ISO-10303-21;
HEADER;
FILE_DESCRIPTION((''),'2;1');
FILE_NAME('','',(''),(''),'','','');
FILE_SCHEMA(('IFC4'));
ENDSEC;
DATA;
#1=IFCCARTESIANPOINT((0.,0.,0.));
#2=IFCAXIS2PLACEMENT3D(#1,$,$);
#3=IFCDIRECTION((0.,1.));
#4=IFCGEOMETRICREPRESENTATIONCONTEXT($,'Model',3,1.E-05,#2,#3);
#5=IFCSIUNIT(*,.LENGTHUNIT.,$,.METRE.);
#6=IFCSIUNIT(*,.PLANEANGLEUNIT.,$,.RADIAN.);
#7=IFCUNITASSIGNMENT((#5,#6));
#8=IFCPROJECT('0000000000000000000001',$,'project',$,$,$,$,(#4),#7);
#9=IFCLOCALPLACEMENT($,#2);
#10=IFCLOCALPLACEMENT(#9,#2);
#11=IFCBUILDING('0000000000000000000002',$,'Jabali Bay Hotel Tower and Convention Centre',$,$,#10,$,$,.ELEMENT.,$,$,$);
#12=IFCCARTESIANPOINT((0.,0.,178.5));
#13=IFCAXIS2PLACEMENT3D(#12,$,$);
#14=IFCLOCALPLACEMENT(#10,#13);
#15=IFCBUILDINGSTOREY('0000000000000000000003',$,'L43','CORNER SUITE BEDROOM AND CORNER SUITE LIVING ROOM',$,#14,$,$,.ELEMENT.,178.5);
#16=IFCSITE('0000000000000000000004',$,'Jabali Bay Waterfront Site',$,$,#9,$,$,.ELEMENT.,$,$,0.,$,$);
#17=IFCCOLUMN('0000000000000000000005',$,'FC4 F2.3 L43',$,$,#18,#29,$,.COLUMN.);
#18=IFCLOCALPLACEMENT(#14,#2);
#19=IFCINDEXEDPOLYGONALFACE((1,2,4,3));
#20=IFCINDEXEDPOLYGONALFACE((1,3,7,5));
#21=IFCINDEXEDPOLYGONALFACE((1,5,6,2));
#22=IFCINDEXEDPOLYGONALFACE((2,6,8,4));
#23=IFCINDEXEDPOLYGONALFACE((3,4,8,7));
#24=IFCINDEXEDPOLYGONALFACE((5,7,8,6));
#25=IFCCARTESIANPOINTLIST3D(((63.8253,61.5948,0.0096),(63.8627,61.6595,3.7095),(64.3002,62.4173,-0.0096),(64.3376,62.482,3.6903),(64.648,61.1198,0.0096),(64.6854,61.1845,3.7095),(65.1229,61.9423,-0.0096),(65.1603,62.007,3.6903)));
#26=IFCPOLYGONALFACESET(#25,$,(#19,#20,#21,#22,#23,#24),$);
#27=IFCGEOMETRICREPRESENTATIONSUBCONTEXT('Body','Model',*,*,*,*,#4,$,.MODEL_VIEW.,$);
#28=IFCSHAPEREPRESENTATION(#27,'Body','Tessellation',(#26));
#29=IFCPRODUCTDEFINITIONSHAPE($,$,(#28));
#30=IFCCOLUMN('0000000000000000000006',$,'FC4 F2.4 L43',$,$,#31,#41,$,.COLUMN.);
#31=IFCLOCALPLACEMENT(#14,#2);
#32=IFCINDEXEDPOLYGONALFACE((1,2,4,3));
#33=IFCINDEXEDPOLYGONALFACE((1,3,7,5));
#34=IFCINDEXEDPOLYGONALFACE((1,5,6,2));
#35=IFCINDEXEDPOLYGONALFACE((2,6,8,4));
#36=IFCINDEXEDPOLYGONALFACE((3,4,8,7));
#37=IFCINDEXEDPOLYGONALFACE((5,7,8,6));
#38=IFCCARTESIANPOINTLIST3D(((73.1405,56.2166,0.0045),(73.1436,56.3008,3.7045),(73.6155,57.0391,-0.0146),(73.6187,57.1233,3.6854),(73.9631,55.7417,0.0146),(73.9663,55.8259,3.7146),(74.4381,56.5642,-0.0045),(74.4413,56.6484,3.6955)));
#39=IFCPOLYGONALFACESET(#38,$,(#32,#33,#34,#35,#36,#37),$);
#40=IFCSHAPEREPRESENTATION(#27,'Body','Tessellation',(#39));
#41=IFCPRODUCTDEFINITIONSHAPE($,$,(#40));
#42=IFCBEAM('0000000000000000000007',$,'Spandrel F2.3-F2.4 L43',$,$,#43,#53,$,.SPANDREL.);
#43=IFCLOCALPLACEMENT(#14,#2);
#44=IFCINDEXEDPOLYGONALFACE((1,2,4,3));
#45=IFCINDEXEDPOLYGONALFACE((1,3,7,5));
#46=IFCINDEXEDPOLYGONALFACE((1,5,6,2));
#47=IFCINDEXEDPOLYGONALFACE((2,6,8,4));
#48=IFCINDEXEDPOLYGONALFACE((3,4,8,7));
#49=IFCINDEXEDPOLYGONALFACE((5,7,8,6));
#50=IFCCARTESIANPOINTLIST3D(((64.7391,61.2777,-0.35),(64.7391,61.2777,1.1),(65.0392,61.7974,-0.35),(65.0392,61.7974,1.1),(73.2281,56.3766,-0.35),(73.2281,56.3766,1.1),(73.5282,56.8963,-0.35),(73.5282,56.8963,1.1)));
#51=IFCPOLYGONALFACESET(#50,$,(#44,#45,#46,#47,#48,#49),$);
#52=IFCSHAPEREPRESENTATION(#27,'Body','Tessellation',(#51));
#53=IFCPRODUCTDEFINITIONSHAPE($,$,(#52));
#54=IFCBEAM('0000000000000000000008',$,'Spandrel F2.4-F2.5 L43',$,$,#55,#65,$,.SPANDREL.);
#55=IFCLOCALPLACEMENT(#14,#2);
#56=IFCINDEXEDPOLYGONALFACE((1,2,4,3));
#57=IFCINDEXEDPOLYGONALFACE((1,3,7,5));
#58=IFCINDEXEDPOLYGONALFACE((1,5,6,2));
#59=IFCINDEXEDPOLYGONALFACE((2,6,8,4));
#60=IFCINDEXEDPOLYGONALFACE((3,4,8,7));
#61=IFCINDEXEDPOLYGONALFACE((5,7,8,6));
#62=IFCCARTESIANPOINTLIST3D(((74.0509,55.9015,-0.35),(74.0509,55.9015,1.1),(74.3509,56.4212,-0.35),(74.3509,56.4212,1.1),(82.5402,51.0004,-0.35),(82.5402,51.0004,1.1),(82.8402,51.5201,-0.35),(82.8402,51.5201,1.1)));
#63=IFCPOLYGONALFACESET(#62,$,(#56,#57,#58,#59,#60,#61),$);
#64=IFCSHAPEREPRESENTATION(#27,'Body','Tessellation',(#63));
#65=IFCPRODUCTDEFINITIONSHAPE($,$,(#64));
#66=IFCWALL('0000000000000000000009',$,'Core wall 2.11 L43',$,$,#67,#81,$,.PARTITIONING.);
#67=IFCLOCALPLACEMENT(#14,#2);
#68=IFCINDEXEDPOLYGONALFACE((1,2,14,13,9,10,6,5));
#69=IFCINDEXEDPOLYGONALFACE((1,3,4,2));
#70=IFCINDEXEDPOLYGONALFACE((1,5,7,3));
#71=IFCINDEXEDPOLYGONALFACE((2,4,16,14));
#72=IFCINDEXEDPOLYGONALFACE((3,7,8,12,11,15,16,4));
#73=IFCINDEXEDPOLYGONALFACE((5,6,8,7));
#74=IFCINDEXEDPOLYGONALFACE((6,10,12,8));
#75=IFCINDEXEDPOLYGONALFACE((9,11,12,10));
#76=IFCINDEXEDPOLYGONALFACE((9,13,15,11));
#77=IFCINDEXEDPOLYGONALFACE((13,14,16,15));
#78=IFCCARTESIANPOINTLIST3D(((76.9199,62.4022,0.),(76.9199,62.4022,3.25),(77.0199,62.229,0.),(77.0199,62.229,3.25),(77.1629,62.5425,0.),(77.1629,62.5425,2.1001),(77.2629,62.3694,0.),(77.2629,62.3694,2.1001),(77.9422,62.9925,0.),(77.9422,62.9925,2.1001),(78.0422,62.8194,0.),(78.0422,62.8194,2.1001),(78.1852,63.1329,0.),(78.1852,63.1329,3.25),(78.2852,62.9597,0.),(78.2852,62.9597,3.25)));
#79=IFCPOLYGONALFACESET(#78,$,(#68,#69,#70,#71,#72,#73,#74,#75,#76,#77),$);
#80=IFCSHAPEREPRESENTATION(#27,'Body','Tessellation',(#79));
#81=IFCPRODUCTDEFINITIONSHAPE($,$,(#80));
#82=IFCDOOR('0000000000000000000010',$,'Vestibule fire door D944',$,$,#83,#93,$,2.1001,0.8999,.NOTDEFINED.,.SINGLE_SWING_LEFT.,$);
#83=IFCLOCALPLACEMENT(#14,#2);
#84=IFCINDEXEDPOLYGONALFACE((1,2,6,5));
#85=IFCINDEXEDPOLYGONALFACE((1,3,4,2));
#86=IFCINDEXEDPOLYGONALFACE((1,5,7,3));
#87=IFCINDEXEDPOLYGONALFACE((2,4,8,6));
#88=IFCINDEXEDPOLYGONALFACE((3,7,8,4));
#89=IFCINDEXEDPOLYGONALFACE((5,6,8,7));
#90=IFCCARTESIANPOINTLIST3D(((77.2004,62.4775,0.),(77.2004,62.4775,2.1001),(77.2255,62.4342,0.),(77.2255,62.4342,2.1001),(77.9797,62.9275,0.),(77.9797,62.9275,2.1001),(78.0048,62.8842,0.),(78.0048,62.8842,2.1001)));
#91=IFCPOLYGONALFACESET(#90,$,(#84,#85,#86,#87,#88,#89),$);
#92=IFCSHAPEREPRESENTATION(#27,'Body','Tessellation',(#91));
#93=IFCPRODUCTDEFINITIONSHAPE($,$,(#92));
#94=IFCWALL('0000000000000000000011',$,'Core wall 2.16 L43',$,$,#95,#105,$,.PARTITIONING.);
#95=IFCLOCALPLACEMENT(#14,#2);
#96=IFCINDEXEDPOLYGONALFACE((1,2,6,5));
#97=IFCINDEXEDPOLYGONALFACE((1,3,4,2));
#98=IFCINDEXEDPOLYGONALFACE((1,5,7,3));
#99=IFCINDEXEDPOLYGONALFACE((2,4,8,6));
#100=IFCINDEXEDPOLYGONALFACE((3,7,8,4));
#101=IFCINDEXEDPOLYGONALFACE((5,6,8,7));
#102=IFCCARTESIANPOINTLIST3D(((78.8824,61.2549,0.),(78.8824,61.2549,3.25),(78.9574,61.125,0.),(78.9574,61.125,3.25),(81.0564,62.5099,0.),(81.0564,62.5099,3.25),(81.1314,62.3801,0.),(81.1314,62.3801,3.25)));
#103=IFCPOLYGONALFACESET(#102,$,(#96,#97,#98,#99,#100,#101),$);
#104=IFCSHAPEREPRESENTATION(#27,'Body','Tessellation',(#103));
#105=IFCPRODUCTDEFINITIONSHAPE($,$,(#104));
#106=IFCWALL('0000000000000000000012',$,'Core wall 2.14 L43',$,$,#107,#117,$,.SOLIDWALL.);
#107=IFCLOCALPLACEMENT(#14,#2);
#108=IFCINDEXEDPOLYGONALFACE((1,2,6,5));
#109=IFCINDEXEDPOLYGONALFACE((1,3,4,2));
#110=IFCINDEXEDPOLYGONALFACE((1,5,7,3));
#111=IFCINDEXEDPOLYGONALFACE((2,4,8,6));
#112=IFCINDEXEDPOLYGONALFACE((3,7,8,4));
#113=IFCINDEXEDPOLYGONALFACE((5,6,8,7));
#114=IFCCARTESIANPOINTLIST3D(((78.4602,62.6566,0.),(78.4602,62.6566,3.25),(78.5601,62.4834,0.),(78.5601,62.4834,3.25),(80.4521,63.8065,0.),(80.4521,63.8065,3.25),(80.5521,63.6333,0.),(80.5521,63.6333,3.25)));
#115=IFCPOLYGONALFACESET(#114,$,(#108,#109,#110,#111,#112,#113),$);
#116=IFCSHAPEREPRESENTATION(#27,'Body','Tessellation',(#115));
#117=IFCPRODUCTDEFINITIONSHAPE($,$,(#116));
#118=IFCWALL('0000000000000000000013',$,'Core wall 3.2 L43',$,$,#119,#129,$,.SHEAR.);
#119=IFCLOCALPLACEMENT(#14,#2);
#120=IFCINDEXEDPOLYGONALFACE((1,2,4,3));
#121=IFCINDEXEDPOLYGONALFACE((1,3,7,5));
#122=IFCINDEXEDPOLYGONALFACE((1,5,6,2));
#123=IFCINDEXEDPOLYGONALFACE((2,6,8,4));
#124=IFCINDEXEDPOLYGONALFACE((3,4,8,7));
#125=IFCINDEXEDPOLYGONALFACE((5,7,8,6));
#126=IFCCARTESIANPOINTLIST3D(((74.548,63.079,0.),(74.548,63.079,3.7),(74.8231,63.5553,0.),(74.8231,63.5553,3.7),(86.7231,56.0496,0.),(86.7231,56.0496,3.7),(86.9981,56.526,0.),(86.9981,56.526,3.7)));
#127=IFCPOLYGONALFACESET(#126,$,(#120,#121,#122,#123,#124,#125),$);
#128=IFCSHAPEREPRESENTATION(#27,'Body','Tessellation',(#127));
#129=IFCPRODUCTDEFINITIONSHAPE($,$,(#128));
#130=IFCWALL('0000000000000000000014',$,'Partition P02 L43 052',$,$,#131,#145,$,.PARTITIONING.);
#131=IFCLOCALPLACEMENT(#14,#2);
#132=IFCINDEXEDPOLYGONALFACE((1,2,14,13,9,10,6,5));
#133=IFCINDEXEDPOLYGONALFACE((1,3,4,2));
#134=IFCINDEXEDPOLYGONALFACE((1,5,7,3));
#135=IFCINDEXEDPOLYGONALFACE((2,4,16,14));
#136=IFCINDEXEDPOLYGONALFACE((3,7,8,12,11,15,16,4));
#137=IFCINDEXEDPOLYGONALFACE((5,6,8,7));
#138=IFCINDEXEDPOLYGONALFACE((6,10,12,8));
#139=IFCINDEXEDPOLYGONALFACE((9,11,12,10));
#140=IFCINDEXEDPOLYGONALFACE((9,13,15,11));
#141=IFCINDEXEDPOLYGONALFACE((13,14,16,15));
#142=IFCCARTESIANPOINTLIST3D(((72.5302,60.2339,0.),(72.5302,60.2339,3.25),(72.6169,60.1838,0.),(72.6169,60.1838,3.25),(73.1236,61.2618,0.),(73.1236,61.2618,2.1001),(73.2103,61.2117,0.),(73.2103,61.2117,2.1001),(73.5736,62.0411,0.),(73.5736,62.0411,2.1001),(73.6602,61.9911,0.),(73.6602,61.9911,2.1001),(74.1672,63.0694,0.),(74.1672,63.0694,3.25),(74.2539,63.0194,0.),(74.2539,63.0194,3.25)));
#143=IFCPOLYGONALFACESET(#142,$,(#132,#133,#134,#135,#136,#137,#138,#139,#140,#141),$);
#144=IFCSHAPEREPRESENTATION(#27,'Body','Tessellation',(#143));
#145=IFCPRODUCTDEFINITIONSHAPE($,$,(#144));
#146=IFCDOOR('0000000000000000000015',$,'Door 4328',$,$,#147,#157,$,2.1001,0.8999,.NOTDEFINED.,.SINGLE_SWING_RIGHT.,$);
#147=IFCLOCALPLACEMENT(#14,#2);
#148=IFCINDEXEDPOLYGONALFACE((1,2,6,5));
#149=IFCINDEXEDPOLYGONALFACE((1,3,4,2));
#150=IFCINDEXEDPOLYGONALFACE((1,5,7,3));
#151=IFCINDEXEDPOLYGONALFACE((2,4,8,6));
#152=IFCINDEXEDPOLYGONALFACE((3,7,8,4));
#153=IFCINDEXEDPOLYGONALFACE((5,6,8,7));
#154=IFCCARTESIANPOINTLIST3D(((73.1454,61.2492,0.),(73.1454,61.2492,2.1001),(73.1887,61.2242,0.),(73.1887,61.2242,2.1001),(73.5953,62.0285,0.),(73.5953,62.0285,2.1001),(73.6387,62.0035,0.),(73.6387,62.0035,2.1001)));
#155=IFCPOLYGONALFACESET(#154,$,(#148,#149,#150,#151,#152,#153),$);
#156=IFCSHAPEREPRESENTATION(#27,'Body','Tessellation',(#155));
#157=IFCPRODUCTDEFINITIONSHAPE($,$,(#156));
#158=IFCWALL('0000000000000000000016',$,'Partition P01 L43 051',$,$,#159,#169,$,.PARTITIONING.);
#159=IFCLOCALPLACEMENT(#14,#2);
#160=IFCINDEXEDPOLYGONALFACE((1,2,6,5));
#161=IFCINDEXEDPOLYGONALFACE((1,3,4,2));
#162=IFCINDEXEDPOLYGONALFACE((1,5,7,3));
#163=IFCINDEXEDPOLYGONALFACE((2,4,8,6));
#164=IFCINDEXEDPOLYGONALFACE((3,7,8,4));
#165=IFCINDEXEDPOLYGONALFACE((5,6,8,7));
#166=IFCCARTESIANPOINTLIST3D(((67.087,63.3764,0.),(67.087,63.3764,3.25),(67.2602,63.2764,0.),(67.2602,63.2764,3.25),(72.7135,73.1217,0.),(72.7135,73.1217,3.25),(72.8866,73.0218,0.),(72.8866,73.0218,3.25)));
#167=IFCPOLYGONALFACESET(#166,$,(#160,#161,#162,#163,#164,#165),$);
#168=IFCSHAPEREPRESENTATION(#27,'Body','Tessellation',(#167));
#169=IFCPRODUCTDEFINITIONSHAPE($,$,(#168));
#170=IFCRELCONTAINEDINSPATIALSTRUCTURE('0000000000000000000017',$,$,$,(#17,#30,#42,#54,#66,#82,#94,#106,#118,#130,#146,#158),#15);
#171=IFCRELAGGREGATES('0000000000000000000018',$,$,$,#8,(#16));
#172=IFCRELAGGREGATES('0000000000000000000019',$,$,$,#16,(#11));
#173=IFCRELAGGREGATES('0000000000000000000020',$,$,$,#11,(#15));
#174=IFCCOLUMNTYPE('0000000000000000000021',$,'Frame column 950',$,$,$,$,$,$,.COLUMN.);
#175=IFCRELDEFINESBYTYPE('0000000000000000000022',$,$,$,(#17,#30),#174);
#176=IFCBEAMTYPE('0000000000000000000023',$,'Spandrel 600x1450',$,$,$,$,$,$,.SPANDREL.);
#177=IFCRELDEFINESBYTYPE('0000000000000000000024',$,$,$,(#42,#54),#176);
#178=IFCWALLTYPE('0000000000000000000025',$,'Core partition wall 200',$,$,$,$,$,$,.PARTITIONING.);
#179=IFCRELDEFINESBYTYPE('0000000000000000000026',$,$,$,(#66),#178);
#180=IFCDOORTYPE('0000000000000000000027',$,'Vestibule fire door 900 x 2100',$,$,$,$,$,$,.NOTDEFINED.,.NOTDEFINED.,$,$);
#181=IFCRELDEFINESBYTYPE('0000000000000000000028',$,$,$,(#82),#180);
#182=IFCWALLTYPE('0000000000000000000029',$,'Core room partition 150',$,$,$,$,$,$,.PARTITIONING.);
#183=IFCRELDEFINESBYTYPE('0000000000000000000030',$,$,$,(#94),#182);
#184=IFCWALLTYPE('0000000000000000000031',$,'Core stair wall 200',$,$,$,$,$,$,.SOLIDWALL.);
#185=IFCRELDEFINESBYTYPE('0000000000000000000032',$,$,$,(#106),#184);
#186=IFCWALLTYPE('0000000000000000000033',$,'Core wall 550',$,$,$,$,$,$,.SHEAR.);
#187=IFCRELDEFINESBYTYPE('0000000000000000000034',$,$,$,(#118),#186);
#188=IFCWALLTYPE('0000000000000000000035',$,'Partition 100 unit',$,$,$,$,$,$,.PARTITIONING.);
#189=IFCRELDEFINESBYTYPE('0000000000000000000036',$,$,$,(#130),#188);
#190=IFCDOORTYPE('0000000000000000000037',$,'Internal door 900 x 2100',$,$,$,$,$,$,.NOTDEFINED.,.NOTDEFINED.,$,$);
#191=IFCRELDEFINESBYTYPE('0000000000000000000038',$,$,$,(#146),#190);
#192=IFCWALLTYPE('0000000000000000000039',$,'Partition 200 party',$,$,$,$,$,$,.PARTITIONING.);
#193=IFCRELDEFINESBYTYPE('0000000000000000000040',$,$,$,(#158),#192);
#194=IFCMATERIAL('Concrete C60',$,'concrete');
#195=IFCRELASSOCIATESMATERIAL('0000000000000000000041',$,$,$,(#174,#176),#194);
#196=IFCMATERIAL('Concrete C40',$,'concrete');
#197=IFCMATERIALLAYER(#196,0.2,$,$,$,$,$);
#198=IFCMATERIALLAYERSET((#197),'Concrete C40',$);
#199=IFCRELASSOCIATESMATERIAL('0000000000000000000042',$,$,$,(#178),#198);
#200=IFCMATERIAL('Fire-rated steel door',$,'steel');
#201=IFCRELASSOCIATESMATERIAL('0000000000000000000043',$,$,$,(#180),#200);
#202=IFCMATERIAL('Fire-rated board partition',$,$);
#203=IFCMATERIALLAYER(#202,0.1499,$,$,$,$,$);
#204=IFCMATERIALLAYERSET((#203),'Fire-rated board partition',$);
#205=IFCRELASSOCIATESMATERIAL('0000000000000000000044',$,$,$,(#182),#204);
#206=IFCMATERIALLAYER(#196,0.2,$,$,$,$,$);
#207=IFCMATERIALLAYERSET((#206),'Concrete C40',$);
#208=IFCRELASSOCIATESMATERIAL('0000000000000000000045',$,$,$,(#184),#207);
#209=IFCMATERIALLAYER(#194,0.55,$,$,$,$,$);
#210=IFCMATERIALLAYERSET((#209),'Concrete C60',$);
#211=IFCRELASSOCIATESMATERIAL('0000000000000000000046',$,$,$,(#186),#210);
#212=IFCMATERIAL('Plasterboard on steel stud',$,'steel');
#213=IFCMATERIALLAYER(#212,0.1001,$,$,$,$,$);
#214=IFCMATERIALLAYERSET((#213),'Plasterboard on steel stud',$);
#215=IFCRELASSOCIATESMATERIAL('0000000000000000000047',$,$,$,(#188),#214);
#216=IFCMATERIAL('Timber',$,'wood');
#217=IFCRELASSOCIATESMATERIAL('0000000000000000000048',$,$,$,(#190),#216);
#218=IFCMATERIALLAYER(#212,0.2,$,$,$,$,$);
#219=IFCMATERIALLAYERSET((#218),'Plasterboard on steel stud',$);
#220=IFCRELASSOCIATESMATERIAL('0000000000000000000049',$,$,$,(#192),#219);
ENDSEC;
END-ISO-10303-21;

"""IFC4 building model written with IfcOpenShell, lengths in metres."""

from ifc_helpers import new_model, si_unit, direction, frame, frame_2d, origin, origin_2d, place, context, subcontext, project, spatial, rectangle, extrude, material, layer, layer_set, material_profile, profile_set, type_object, element, fill, save


model = new_model("IFC4")

# Units and contexts
model_context = context("Model", 3, precision=1e-05, world=origin(), true_north=direction((0.0, 1.0)))
body_context = subcontext(model_context, "Body", "Model", "MODEL_VIEW")
ifc_project = project(units=[si_unit("LENGTHUNIT", "METRE"), si_unit("PLANEANGLEUNIT", "RADIAN")], contexts=[model_context])

# Site, building, storey
site_placement = place(None, origin())
site = spatial("IfcSite", under=ifc_project, at=site_placement, Name="Jabali Bay Waterfront Site", CompositionType="ELEMENT", RefElevation=0.0)
building_placement = place(site_placement, origin())
building = spatial("IfcBuilding", under=site, at=building_placement, Name="Jabali Bay Hotel Tower and Convention Centre", CompositionType="ELEMENT")
storey_placement = place(building_placement, frame((0.0, 0.0, 178.5)))
storey = spatial("IfcBuildingStorey", under=building, at=storey_placement, Name="L43", Description="CORNER SUITE BEDROOM AND CORNER SUITE LIVING ROOM", CompositionType="ELEMENT", Elevation=178.5)

# Columns
ifc_material_1 = material(Name="Concrete C60", Category="concrete")
ifc_material_profile_1 = material_profile(ifc_material_1, rectangle(XDim=0.95, YDim=0.95, at=origin_2d()), Name="Frame column 950")
ifc_profile_set_1 = profile_set([ifc_material_profile_1], Name="Concrete C60")
column_type = type_object("IfcColumnType", Name="Frame column 950", PredefinedType="COLUMN", material=ifc_profile_set_1)
column_1_placement = place(storey_placement, frame((64.4741, 61.7686, 0.0), z_axis=(0.010094, 0.017482, 0.999796), x_axis=(-0.866026, 0.499999, 0.0)))
element("IfcColumn", 1, at=column_1_placement, inside=storey, type_object=column_type, Name="FC4 F2.3 L43", PredefinedType="COLUMN", context=body_context, shape_type="SweptSolid", body=[
    extrude(rectangle(XDim=0.95, YDim=0.95, at=origin_2d()), origin(), (0.0, 0.0, 1.0), 3.7007),
])
column_2_placement = place(storey_placement, frame((73.7893, 56.3904, 0.0), z_axis=(0.000858, 0.022759, 0.999741), x_axis=(-0.500033, -0.865772, 0.020138)))
element("IfcColumn", 2, at=column_2_placement, inside=storey, type_object=column_type, Name="FC4 F2.4 L43", PredefinedType="COLUMN", context=body_context, shape_type="SweptSolid", body=[
    extrude(rectangle(XDim=0.95, YDim=0.95, at=origin_2d()), origin(), (0.0, 0.0, 1.0), 3.7009),
])

# Beams
ifc_material_profile_2 = material_profile(ifc_material_1, rectangle(XDim=0.6001, YDim=1.45, at=origin_2d()), Name="Spandrel 600x1450")
ifc_profile_set_2 = profile_set([ifc_material_profile_2], Name="Concrete C60")
beam_type = type_object("IfcBeamType", Name="Spandrel 600x1450", PredefinedType="SPANDREL", material=ifc_profile_set_2)
beam_1_placement = place(storey_placement, frame((64.8892, 61.5376, 0.375), z_axis=(0.866026, -0.499999, 0.0), x_axis=(0.499999, 0.866026, 0.0)))
element("IfcBeam", 3, at=beam_1_placement, inside=storey, type_object=beam_type, Name="Spandrel F2.3-F2.4 L43", PredefinedType="SPANDREL", context=body_context, shape_type="SweptSolid", body=[
    extrude(rectangle(XDim=0.6001, YDim=1.45, at=origin_2d()), origin(), (0.0, 0.0, 1.0), 9.8022),
])
beam_2_placement = place(storey_placement, frame((74.2009, 56.1614, 0.375), z_axis=(0.866032, -0.499988, 0.0), x_axis=(0.499988, 0.866032, 0.0)))
element("IfcBeam", 4, at=beam_2_placement, inside=storey, type_object=beam_type, Name="Spandrel F2.4-F2.5 L43", PredefinedType="SPANDREL", context=body_context, shape_type="SweptSolid", body=[
    extrude(rectangle(XDim=0.6001, YDim=1.45, at=origin_2d()), origin(), (0.0, 0.0, 1.0), 9.8025),
])

# Wall, opening, door
ifc_material_2 = material(Name="Concrete C40", Category="concrete")
ifc_layer_1 = layer(ifc_material_2, 0.2)
ifc_layer_set_1 = layer_set([ifc_layer_1], Name="Concrete C40")
wall_type_1 = type_object("IfcWallType", Name="Core partition wall 200", PredefinedType="PARTITIONING", material=ifc_layer_set_1)
wall_1_placement = place(storey_placement, frame((76.97, 62.3157, 0.0), z_axis=(0.0, 0.0, 1.0), x_axis=(0.865982, 0.500074, 0.0)))
wall_1 = element("IfcWall", 5, at=wall_1_placement, inside=storey, type_object=wall_type_1, Name="Core wall 2.11 L43", PredefinedType="PARTITIONING", context=body_context, shape_type="SweptSolid", body=[
    extrude(rectangle(XDim=1.4612, YDim=0.2, at=frame_2d((0.7305, 0.0))), origin(), (0.0, 0.0, 1.0), 3.25),
])
opening_1_placement = place(wall_1_placement, frame((0.2805, 0.0, 0.0)))
opening_1 = element("IfcOpeningElement", 6, at=opening_1_placement, cuts=wall_1, PredefinedType="OPENING", context=body_context, shape_type="SweptSolid", body=[
    extrude(rectangle(XDim=0.8999, YDim=2.1001, at=frame_2d((0.45, 1.05))), frame((0.0, 0.1104, 0.0), z_axis=(0.0, -1.0, 0.0), x_axis=(1.0, 0.0, 0.0)), (0.0, 0.0, 1.0), 0.2209),
])
ifc_material_3 = material(Name="Fire-rated steel door", Category="steel")
door_type_1 = type_object("IfcDoorType", Name="Vestibule fire door 900 x 2100", OperationType="NOTDEFINED", PredefinedType="NOTDEFINED", material=ifc_material_3)
door_1_placement = place(opening_1_placement, origin())
door_1 = element("IfcDoor", 7, at=door_1_placement, inside=storey, type_object=door_type_1, Name="Vestibule fire door D944", OperationType="SINGLE_SWING_LEFT", OverallHeight=2.1001, OverallWidth=0.8999, PredefinedType="NOTDEFINED", context=body_context, shape_type="SweptSolid", body=[
    extrude(rectangle(XDim=0.8999, YDim=2.1001, at=frame_2d((0.45, 1.05))), frame((0.0, 0.0249, 0.0), z_axis=(0.0, -1.0, 0.0), x_axis=(1.0, 0.0, 0.0)), (0.0, 0.0, 1.0), 0.05),
])
fill(opening_1, door_1)

# Walls
ifc_material_4 = material(Name="Fire-rated board partition")
ifc_layer_2 = layer(ifc_material_4, 0.1499)
ifc_layer_set_2 = layer_set([ifc_layer_2], Name="Fire-rated board partition")
wall_type_2 = type_object("IfcWallType", Name="Core room partition 150", PredefinedType="PARTITIONING", material=ifc_layer_set_2)
wall_2_placement = place(storey_placement, frame((78.9199, 61.1899, 0.0), z_axis=(0.0, 0.0, 1.0), x_axis=(0.866038, 0.499978, 0.0)))
element("IfcWall", 8, at=wall_2_placement, inside=storey, type_object=wall_type_2, Name="Core wall 2.16 L43", PredefinedType="PARTITIONING", context=body_context, shape_type="SweptSolid", body=[
    extrude(rectangle(XDim=2.5103, YDim=0.1499, at=frame_2d((1.2551, 0.0))), origin(), (0.0, 0.0, 1.0), 3.25),
])
ifc_layer_3 = layer(ifc_material_2, 0.2)
ifc_layer_set_3 = layer_set([ifc_layer_3], Name="Concrete C40")
wall_type_3 = type_object("IfcWallType", Name="Core stair wall 200", PredefinedType="SOLIDWALL", material=ifc_layer_set_3)
wall_3_placement = place(storey_placement, frame((78.5103, 62.5701, 0.0), z_axis=(0.0, 0.0, 1.0), x_axis=(0.866053, 0.499952, 0.0)))
element("IfcWall", 9, at=wall_3_placement, inside=storey, type_object=wall_type_3, Name="Core wall 2.14 L43", PredefinedType="SOLIDWALL", context=body_context, shape_type="SweptSolid", body=[
    extrude(rectangle(XDim=2.3, YDim=0.2, at=frame_2d((1.1499, 0.0))), origin(), (0.0, 0.0, 1.0), 3.25),
])
ifc_layer_4 = layer(ifc_material_1, 0.55)
ifc_layer_set_4 = layer_set([ifc_layer_4], Name="Concrete C60")
wall_type_4 = type_object("IfcWallType", Name="Core wall 550", PredefinedType="SHEAR", material=ifc_layer_set_4)
wall_4_placement = place(storey_placement, frame((74.6855, 63.3171, 0.0), z_axis=(0.0, 0.0, 1.0), x_axis=(0.866025, -0.500002, 0.0)))
element("IfcWall", 10, at=wall_4_placement, inside=storey, type_object=wall_type_4, Name="Core wall 3.2 L43", PredefinedType="SHEAR", context=body_context, shape_type="SweptSolid", body=[
    extrude(rectangle(XDim=14.0586, YDim=0.55, at=frame_2d((7.0293, 0.0))), origin(), (0.0, 0.0, 1.0), 3.7),
])

# Wall, opening, door
ifc_material_5 = material(Name="Plasterboard on steel stud", Category="steel")
ifc_layer_5 = layer(ifc_material_5, 0.1001)
ifc_layer_set_5 = layer_set([ifc_layer_5], Name="Plasterboard on steel stud")
wall_type_5 = type_object("IfcWallType", Name="Partition 100 unit", PredefinedType="PARTITIONING", material=ifc_layer_set_5)
wall_5_placement = place(storey_placement, frame((72.5735, 60.2087, 0.0), z_axis=(0.0, 0.0, 1.0), x_axis=(0.499981, 0.866037, 0.0)))
wall_5 = element("IfcWall", 11, at=wall_5_placement, inside=storey, type_object=wall_type_5, Name="Partition P02 L43 052", PredefinedType="PARTITIONING", context=body_context, shape_type="SweptSolid", body=[
    extrude(rectangle(XDim=3.2742, YDim=0.1001, at=frame_2d((1.6372, 0.0))), origin(), (0.0, 0.0, 1.0), 3.25),
])
opening_2_placement = place(wall_5_placement, frame((1.187, 0.0, 0.0)))
opening_2 = element("IfcOpeningElement", 12, at=opening_2_placement, cuts=wall_5, PredefinedType="OPENING", context=body_context, shape_type="SweptSolid", body=[
    extrude(rectangle(XDim=0.8999, YDim=2.1001, at=frame_2d((0.45, 1.05))), frame((0.0, 0.0605, 0.0), z_axis=(0.0, -1.0, 0.0), x_axis=(1.0, 0.0, 0.0)), (0.0, 0.0, 1.0), 0.1211),
])
ifc_material_6 = material(Name="Timber", Category="wood")
door_type_2 = type_object("IfcDoorType", Name="Internal door 900 x 2100", OperationType="NOTDEFINED", PredefinedType="NOTDEFINED", material=ifc_material_6)
door_2_placement = place(opening_2_placement, origin())
door_2 = element("IfcDoor", 13, at=door_2_placement, inside=storey, type_object=door_type_2, Name="Door 4328", OperationType="SINGLE_SWING_RIGHT", OverallHeight=2.1001, OverallWidth=0.8999, PredefinedType="NOTDEFINED", context=body_context, shape_type="SweptSolid", body=[
    extrude(rectangle(XDim=0.8999, YDim=2.1001, at=frame_2d((0.45, 1.05))), frame((0.0, 0.0249, 0.0), z_axis=(0.0, -1.0, 0.0), x_axis=(1.0, 0.0, 0.0)), (0.0, 0.0, 1.0), 0.05),
])
fill(opening_2, door_2)

# Wall
ifc_layer_6 = layer(ifc_material_5, 0.2)
ifc_layer_set_6 = layer_set([ifc_layer_6], Name="Plasterboard on steel stud")
wall_type_6 = type_object("IfcWallType", Name="Partition 200 party", PredefinedType="PARTITIONING", material=ifc_layer_set_6)
wall_6_placement = place(storey_placement, frame((67.1736, 63.3264, 0.0), z_axis=(0.0, 0.0, 1.0), x_axis=(0.499999, 0.866026, 0.0)))
element("IfcWall", 14, at=wall_6_placement, inside=storey, type_object=wall_type_6, Name="Partition P01 L43 051", PredefinedType="PARTITIONING", context=body_context, shape_type="SweptSolid", body=[
    extrude(rectangle(XDim=11.2529, YDim=0.2, at=frame_2d((5.6265, 0.0))), origin(), (0.0, 0.0, 1.0), 3.25),
])

save(model, "model.ifc")
